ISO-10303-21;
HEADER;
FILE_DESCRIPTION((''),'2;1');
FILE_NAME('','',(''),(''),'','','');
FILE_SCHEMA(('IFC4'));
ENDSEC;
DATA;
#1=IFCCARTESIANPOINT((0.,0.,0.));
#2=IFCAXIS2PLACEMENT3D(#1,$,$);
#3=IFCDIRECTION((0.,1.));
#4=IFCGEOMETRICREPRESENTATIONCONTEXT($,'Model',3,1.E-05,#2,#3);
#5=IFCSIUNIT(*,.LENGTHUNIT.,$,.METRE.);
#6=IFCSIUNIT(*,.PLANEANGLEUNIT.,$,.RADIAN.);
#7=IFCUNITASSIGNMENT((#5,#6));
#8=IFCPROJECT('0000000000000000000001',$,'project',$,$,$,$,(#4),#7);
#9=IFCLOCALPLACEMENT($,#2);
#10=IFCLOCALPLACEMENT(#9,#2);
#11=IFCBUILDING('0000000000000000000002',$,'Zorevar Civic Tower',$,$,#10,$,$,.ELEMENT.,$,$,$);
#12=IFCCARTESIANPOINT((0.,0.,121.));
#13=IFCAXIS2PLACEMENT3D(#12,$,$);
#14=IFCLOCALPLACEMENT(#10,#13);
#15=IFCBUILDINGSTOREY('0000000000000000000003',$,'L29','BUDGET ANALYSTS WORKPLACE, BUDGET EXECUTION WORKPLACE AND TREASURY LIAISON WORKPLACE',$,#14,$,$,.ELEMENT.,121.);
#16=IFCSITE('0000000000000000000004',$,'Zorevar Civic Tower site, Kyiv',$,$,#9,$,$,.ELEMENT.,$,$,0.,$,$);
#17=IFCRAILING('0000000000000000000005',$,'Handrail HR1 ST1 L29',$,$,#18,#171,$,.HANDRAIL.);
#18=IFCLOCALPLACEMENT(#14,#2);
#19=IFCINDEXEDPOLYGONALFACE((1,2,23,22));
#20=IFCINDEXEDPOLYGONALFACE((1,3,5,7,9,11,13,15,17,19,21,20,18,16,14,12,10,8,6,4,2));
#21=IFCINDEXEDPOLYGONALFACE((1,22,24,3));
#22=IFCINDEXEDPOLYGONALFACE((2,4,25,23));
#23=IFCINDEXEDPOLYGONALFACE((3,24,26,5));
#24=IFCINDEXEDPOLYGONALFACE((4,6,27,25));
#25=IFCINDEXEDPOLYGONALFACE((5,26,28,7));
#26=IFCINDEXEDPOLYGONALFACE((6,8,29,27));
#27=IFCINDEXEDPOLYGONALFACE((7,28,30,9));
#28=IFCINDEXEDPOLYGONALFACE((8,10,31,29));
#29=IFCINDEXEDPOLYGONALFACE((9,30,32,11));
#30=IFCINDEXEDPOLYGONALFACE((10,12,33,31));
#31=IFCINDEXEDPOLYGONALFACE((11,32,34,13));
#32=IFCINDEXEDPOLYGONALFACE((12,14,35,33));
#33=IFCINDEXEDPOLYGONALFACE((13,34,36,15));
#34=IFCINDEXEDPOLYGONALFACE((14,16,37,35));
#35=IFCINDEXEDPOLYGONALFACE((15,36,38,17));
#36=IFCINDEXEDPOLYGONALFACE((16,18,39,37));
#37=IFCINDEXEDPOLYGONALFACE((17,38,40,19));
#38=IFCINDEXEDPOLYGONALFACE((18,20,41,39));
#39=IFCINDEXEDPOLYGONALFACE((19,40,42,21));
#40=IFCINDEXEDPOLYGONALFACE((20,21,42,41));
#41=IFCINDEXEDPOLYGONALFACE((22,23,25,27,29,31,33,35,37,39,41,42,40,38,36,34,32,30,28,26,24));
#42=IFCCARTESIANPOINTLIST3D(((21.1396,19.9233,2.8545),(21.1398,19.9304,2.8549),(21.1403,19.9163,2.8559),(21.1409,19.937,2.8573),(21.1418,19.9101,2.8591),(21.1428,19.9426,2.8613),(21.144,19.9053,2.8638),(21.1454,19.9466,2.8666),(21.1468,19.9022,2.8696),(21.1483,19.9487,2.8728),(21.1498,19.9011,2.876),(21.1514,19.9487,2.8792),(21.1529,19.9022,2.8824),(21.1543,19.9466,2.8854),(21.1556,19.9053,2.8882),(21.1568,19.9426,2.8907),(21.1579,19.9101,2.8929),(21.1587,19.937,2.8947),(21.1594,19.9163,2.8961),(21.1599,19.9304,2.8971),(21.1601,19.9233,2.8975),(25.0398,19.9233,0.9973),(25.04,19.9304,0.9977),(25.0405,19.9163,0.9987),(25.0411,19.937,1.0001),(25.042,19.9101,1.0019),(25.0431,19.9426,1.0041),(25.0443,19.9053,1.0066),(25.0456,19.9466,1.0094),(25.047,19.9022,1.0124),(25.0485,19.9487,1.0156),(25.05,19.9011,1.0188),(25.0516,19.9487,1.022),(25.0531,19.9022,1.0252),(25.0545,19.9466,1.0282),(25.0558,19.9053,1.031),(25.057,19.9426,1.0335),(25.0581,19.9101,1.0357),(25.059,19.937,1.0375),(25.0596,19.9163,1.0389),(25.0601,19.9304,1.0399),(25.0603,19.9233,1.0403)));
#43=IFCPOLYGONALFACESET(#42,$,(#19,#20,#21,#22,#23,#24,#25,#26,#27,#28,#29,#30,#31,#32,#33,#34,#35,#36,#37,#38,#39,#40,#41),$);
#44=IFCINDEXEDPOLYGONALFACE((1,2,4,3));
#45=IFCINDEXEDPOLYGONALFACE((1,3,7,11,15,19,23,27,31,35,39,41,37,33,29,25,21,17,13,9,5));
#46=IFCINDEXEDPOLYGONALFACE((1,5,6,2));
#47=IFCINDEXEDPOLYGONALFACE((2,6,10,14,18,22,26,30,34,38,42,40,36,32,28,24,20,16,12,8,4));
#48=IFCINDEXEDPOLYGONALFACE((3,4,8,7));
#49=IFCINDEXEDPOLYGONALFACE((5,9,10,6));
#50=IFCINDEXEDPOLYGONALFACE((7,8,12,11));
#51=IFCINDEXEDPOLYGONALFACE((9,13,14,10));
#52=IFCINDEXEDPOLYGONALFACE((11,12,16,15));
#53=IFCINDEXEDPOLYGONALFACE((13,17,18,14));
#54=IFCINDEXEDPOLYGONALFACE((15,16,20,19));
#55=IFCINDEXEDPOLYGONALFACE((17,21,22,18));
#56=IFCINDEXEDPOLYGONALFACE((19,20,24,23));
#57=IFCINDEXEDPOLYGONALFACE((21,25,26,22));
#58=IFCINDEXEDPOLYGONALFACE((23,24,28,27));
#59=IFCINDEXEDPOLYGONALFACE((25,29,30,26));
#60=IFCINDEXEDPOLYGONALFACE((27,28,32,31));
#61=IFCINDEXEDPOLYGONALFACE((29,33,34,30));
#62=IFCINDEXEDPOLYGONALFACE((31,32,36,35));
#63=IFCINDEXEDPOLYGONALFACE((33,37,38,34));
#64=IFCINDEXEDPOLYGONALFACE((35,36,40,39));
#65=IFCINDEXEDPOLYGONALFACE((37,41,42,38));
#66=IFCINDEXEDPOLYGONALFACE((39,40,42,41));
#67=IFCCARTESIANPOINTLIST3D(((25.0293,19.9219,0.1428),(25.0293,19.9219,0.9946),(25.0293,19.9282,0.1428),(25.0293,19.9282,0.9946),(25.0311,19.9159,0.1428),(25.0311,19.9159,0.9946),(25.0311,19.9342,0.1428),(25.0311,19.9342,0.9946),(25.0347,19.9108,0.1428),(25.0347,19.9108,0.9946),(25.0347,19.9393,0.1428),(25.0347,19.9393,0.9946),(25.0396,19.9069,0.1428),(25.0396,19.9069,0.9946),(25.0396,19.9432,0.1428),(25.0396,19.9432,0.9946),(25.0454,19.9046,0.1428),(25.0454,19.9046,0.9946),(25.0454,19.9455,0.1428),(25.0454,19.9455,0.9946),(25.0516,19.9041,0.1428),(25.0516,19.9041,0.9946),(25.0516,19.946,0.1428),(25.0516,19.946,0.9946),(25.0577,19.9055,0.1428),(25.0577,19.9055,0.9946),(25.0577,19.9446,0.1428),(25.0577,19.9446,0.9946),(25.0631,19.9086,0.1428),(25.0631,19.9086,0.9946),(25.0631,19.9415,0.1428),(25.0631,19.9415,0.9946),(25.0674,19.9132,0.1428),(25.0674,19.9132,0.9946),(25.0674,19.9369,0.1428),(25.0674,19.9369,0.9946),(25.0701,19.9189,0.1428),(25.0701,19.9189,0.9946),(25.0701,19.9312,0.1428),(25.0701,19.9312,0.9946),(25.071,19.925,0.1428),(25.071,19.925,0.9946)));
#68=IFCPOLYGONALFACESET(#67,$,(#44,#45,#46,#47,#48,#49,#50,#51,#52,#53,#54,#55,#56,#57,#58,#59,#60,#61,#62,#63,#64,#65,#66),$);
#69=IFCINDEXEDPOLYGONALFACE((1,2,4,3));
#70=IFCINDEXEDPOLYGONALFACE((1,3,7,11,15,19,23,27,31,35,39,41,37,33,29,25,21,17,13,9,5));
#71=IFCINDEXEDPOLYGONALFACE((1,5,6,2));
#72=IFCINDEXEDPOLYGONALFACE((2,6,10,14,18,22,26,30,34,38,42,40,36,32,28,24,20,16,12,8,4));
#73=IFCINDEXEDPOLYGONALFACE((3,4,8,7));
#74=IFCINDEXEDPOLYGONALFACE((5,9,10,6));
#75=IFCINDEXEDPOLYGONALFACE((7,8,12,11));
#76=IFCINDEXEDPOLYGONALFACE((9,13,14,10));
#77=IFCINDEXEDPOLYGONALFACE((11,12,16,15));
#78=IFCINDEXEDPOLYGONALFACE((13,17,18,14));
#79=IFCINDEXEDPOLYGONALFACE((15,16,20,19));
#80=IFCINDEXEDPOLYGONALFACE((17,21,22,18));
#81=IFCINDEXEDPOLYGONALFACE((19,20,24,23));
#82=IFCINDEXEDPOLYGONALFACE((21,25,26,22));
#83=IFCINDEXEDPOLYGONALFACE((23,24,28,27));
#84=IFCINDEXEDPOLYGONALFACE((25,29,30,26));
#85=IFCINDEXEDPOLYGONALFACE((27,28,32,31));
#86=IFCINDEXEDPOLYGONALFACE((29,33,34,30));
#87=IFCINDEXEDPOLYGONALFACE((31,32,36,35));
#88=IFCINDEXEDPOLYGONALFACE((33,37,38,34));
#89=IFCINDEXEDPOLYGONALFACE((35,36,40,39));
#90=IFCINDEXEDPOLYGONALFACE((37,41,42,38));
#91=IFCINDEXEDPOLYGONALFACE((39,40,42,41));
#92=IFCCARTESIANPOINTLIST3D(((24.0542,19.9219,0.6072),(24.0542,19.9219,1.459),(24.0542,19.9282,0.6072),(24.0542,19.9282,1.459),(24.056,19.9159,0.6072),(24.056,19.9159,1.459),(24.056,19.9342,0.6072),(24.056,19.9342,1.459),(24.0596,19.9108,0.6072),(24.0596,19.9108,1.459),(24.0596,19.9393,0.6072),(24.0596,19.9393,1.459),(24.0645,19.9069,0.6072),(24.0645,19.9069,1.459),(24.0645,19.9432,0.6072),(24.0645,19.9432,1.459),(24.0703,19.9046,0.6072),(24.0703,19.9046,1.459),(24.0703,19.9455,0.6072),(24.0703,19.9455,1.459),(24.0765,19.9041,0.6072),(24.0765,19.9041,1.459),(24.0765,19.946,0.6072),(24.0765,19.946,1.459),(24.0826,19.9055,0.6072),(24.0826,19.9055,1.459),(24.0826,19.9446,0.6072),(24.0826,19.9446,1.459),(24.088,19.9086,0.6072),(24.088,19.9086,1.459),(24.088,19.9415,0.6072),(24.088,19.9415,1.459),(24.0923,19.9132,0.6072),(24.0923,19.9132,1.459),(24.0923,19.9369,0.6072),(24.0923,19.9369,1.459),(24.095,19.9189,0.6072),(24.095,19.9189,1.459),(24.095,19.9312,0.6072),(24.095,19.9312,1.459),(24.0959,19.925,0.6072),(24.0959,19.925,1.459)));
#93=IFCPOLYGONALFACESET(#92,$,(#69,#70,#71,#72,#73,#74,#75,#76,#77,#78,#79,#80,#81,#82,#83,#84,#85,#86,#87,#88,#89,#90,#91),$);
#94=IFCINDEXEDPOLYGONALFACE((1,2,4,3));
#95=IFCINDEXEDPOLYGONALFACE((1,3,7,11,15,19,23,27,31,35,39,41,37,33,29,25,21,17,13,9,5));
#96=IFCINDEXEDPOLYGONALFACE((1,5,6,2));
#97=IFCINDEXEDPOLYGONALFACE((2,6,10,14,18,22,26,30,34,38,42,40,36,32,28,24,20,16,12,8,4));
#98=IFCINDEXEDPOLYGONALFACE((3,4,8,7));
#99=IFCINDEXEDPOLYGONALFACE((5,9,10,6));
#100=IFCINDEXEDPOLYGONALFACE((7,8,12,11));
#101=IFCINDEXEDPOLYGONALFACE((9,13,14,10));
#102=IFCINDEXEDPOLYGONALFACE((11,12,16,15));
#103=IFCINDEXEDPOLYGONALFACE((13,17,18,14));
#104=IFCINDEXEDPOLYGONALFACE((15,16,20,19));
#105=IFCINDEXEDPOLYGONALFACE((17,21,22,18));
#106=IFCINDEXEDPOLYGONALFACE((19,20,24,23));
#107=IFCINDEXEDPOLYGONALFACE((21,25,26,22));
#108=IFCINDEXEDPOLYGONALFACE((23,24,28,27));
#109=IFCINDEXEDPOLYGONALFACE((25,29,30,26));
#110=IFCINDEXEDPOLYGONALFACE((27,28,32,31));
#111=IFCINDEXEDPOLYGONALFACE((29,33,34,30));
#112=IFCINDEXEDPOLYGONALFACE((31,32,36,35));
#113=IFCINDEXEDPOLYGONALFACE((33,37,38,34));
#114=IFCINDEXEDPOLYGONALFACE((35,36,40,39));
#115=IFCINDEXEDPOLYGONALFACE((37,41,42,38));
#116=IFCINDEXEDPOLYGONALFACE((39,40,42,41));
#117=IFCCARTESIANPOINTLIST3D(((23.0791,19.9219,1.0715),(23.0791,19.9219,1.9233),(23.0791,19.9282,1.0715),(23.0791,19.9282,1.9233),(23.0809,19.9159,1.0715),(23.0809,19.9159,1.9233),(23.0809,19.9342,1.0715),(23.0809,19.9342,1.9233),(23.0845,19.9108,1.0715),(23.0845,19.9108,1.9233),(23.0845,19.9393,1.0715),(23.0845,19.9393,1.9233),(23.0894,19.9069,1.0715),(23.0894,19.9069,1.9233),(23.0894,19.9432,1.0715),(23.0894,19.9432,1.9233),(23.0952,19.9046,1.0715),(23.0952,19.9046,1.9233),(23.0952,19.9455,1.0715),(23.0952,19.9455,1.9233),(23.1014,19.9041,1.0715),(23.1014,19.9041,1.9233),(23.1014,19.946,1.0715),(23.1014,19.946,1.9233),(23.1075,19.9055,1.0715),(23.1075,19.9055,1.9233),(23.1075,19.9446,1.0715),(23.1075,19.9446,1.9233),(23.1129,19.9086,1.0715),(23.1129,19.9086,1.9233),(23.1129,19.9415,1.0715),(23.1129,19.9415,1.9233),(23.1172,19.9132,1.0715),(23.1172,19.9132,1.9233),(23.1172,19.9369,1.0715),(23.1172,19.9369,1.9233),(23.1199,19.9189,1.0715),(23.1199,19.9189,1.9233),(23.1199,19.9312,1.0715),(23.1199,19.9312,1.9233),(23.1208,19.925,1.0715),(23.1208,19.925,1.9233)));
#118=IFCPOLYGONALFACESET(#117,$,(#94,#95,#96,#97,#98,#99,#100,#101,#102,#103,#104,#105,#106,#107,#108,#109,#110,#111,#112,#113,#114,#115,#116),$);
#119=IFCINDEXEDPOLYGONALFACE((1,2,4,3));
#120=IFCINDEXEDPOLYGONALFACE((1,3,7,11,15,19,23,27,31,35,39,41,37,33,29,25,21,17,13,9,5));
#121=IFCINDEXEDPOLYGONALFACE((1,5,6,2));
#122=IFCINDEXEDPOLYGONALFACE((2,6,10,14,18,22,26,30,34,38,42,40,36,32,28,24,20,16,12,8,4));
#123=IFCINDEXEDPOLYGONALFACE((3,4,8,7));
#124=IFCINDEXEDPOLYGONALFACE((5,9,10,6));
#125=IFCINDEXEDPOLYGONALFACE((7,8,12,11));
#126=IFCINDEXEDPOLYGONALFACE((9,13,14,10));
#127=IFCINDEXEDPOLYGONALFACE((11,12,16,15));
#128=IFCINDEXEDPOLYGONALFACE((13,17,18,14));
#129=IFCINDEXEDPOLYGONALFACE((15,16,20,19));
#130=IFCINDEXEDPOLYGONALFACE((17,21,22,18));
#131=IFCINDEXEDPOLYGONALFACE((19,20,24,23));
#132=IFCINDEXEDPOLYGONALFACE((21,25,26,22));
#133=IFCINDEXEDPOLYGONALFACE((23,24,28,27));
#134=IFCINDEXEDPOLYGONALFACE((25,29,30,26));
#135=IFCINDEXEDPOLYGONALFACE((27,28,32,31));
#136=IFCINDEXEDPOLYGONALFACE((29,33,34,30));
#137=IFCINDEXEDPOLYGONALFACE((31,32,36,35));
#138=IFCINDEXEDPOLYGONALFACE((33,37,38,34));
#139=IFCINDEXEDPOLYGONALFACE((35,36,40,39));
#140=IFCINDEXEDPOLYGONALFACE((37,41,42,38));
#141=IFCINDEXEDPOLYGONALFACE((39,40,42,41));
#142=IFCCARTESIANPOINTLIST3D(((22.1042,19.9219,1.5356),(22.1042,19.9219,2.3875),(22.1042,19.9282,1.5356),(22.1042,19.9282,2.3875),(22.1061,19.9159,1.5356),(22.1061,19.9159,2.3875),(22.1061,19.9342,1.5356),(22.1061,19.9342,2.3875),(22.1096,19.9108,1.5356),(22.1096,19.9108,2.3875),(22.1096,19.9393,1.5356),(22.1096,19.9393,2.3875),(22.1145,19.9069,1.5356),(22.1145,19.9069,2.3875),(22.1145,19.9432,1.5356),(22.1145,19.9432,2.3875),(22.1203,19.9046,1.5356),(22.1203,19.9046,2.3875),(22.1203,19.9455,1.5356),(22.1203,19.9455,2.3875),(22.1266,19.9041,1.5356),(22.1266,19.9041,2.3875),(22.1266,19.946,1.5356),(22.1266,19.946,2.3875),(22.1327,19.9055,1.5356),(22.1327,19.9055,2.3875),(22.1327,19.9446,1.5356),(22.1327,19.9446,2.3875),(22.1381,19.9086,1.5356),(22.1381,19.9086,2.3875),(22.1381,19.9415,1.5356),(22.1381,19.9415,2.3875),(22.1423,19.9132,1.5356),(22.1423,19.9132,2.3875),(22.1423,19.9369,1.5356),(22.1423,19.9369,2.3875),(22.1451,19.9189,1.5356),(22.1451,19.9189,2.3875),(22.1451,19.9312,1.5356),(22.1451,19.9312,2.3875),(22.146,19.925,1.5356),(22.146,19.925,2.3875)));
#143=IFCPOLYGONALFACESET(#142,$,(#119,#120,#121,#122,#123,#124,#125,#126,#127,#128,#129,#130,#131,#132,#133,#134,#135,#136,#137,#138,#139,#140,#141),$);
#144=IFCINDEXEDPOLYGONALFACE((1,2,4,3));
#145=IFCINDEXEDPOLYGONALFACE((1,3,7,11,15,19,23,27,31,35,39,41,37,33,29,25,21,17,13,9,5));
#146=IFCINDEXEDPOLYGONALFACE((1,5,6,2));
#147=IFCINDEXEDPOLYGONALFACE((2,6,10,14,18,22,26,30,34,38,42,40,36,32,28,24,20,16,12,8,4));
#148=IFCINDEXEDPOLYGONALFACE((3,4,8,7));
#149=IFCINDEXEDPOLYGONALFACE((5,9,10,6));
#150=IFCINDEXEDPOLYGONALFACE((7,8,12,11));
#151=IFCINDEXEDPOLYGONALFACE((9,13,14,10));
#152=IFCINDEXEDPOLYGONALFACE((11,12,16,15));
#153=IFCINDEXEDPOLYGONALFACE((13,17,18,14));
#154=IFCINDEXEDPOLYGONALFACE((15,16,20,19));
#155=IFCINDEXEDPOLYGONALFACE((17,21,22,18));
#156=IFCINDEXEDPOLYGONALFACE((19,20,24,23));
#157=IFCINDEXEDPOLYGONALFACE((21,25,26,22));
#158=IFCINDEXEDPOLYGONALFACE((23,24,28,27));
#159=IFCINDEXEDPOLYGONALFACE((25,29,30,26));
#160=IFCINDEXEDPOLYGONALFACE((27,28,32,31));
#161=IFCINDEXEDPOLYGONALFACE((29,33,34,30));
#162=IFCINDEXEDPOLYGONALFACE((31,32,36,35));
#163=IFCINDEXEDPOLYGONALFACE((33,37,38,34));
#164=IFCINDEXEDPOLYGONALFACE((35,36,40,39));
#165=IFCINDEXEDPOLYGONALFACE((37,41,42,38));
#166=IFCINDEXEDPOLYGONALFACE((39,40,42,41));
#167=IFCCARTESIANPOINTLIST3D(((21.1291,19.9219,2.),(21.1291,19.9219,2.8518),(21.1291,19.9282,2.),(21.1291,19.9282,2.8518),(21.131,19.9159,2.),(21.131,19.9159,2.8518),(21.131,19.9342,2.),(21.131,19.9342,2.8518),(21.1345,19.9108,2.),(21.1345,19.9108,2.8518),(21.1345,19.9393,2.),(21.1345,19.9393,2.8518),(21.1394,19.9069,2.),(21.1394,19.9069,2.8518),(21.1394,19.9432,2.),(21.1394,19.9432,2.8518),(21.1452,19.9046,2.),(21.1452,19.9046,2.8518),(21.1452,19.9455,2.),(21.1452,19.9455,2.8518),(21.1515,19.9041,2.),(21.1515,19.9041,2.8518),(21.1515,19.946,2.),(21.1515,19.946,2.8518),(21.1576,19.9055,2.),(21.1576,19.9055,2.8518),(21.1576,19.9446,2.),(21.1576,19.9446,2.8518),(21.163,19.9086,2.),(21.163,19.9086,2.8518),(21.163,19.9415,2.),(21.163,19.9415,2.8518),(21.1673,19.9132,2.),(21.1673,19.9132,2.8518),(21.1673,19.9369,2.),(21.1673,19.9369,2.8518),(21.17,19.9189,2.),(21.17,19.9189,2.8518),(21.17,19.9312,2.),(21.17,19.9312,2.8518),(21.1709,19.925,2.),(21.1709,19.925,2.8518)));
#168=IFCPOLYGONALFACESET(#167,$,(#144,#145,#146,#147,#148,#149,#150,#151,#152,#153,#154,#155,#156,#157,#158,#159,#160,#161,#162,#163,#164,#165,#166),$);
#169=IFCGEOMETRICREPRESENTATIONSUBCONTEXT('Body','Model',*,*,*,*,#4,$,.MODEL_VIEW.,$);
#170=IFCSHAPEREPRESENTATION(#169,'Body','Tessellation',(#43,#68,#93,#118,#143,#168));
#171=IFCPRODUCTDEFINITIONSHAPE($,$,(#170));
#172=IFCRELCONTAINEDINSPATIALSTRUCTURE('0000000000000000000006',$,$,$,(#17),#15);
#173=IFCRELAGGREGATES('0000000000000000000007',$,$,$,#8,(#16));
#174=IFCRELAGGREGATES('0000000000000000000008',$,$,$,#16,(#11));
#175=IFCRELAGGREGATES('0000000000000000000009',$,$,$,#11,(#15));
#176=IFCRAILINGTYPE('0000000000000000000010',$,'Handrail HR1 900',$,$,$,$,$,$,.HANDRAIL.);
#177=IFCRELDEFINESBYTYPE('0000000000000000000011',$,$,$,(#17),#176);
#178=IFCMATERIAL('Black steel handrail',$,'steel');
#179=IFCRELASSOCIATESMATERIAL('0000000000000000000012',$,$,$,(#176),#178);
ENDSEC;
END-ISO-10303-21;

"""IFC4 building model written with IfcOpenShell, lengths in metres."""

from ifc_helpers import new_model, si_unit, direction, frame, origin, origin_2d, place, context, subcontext, project, spatial, circle, extrude, material, type_object, element, save


model = new_model("IFC4")

# Units and contexts
model_context = context("Model", 3, precision=1e-05, world=origin(), true_north=direction((0.0, 1.0)))
body_context = subcontext(model_context, "Body", "Model", "MODEL_VIEW")
ifc_project = project(units=[si_unit("LENGTHUNIT", "METRE"), si_unit("PLANEANGLEUNIT", "RADIAN")], contexts=[model_context])

# Site, building, storey
site_placement = place(None, origin())
site = spatial("IfcSite", under=ifc_project, at=site_placement, Name="Zorevar Civic Tower site, Kyiv", CompositionType="ELEMENT", RefElevation=0.0)
building_placement = place(site_placement, origin())
building = spatial("IfcBuilding", under=site, at=building_placement, Name="Zorevar Civic Tower", CompositionType="ELEMENT")
storey_placement = place(building_placement, frame((0.0, 0.0, 121.0)))
storey = spatial("IfcBuildingStorey", under=building, at=storey_placement, Name="L29", Description="BUDGET ANALYSTS WORKPLACE, BUDGET EXECUTION WORKPLACE AND TREASURY LIAISON WORKPLACE", CompositionType="ELEMENT", Elevation=121.0)

# Railing
ifc_material_1 = material(Name="Black steel handrail", Category="steel")
railing_type = type_object("IfcRailingType", Name="Handrail HR1 900", PredefinedType="HANDRAIL", material=ifc_material_1)
railing_1_placement = place(storey_placement, frame((25.05, 19.925, 0.1428)))
element("IfcRailing", 1, at=railing_1_placement, inside=storey, type_object=railing_type, Name="Handrail HR1 ST1 L29", PredefinedType="HANDRAIL", context=body_context, shape_type="SweptSolid", body=[
    extrude(circle(Radius=0.0239, at=origin_2d()), frame((0.0, 0.0, 0.876), z_axis=(-0.902864, 0.0, 0.429927), x_axis=(0.0, -1.0, 0.0)), (0.0, 0.0, 1.0), 4.3198),
    extrude(circle(Radius=0.021, at=origin_2d()), origin(), (0.0, 0.0, 1.0), 0.8518),
    extrude(circle(Radius=0.021, at=origin_2d()), frame((-0.9751, 0.0, 0.4644)), (0.0, 0.0, 1.0), 0.8518),
    extrude(circle(Radius=0.021, at=origin_2d()), frame((-1.9502, 0.0, 0.9287)), (0.0, 0.0, 1.0), 0.8518),
    extrude(circle(Radius=0.021, at=origin_2d()), frame((-2.925, 0.0, 1.3928)), (0.0, 0.0, 1.0), 0.8518),
    extrude(circle(Radius=0.021, at=origin_2d()), frame((-3.9001, 0.0, 1.8572)), (0.0, 0.0, 1.0), 0.8518),
])

save(model, "model.ifc")
